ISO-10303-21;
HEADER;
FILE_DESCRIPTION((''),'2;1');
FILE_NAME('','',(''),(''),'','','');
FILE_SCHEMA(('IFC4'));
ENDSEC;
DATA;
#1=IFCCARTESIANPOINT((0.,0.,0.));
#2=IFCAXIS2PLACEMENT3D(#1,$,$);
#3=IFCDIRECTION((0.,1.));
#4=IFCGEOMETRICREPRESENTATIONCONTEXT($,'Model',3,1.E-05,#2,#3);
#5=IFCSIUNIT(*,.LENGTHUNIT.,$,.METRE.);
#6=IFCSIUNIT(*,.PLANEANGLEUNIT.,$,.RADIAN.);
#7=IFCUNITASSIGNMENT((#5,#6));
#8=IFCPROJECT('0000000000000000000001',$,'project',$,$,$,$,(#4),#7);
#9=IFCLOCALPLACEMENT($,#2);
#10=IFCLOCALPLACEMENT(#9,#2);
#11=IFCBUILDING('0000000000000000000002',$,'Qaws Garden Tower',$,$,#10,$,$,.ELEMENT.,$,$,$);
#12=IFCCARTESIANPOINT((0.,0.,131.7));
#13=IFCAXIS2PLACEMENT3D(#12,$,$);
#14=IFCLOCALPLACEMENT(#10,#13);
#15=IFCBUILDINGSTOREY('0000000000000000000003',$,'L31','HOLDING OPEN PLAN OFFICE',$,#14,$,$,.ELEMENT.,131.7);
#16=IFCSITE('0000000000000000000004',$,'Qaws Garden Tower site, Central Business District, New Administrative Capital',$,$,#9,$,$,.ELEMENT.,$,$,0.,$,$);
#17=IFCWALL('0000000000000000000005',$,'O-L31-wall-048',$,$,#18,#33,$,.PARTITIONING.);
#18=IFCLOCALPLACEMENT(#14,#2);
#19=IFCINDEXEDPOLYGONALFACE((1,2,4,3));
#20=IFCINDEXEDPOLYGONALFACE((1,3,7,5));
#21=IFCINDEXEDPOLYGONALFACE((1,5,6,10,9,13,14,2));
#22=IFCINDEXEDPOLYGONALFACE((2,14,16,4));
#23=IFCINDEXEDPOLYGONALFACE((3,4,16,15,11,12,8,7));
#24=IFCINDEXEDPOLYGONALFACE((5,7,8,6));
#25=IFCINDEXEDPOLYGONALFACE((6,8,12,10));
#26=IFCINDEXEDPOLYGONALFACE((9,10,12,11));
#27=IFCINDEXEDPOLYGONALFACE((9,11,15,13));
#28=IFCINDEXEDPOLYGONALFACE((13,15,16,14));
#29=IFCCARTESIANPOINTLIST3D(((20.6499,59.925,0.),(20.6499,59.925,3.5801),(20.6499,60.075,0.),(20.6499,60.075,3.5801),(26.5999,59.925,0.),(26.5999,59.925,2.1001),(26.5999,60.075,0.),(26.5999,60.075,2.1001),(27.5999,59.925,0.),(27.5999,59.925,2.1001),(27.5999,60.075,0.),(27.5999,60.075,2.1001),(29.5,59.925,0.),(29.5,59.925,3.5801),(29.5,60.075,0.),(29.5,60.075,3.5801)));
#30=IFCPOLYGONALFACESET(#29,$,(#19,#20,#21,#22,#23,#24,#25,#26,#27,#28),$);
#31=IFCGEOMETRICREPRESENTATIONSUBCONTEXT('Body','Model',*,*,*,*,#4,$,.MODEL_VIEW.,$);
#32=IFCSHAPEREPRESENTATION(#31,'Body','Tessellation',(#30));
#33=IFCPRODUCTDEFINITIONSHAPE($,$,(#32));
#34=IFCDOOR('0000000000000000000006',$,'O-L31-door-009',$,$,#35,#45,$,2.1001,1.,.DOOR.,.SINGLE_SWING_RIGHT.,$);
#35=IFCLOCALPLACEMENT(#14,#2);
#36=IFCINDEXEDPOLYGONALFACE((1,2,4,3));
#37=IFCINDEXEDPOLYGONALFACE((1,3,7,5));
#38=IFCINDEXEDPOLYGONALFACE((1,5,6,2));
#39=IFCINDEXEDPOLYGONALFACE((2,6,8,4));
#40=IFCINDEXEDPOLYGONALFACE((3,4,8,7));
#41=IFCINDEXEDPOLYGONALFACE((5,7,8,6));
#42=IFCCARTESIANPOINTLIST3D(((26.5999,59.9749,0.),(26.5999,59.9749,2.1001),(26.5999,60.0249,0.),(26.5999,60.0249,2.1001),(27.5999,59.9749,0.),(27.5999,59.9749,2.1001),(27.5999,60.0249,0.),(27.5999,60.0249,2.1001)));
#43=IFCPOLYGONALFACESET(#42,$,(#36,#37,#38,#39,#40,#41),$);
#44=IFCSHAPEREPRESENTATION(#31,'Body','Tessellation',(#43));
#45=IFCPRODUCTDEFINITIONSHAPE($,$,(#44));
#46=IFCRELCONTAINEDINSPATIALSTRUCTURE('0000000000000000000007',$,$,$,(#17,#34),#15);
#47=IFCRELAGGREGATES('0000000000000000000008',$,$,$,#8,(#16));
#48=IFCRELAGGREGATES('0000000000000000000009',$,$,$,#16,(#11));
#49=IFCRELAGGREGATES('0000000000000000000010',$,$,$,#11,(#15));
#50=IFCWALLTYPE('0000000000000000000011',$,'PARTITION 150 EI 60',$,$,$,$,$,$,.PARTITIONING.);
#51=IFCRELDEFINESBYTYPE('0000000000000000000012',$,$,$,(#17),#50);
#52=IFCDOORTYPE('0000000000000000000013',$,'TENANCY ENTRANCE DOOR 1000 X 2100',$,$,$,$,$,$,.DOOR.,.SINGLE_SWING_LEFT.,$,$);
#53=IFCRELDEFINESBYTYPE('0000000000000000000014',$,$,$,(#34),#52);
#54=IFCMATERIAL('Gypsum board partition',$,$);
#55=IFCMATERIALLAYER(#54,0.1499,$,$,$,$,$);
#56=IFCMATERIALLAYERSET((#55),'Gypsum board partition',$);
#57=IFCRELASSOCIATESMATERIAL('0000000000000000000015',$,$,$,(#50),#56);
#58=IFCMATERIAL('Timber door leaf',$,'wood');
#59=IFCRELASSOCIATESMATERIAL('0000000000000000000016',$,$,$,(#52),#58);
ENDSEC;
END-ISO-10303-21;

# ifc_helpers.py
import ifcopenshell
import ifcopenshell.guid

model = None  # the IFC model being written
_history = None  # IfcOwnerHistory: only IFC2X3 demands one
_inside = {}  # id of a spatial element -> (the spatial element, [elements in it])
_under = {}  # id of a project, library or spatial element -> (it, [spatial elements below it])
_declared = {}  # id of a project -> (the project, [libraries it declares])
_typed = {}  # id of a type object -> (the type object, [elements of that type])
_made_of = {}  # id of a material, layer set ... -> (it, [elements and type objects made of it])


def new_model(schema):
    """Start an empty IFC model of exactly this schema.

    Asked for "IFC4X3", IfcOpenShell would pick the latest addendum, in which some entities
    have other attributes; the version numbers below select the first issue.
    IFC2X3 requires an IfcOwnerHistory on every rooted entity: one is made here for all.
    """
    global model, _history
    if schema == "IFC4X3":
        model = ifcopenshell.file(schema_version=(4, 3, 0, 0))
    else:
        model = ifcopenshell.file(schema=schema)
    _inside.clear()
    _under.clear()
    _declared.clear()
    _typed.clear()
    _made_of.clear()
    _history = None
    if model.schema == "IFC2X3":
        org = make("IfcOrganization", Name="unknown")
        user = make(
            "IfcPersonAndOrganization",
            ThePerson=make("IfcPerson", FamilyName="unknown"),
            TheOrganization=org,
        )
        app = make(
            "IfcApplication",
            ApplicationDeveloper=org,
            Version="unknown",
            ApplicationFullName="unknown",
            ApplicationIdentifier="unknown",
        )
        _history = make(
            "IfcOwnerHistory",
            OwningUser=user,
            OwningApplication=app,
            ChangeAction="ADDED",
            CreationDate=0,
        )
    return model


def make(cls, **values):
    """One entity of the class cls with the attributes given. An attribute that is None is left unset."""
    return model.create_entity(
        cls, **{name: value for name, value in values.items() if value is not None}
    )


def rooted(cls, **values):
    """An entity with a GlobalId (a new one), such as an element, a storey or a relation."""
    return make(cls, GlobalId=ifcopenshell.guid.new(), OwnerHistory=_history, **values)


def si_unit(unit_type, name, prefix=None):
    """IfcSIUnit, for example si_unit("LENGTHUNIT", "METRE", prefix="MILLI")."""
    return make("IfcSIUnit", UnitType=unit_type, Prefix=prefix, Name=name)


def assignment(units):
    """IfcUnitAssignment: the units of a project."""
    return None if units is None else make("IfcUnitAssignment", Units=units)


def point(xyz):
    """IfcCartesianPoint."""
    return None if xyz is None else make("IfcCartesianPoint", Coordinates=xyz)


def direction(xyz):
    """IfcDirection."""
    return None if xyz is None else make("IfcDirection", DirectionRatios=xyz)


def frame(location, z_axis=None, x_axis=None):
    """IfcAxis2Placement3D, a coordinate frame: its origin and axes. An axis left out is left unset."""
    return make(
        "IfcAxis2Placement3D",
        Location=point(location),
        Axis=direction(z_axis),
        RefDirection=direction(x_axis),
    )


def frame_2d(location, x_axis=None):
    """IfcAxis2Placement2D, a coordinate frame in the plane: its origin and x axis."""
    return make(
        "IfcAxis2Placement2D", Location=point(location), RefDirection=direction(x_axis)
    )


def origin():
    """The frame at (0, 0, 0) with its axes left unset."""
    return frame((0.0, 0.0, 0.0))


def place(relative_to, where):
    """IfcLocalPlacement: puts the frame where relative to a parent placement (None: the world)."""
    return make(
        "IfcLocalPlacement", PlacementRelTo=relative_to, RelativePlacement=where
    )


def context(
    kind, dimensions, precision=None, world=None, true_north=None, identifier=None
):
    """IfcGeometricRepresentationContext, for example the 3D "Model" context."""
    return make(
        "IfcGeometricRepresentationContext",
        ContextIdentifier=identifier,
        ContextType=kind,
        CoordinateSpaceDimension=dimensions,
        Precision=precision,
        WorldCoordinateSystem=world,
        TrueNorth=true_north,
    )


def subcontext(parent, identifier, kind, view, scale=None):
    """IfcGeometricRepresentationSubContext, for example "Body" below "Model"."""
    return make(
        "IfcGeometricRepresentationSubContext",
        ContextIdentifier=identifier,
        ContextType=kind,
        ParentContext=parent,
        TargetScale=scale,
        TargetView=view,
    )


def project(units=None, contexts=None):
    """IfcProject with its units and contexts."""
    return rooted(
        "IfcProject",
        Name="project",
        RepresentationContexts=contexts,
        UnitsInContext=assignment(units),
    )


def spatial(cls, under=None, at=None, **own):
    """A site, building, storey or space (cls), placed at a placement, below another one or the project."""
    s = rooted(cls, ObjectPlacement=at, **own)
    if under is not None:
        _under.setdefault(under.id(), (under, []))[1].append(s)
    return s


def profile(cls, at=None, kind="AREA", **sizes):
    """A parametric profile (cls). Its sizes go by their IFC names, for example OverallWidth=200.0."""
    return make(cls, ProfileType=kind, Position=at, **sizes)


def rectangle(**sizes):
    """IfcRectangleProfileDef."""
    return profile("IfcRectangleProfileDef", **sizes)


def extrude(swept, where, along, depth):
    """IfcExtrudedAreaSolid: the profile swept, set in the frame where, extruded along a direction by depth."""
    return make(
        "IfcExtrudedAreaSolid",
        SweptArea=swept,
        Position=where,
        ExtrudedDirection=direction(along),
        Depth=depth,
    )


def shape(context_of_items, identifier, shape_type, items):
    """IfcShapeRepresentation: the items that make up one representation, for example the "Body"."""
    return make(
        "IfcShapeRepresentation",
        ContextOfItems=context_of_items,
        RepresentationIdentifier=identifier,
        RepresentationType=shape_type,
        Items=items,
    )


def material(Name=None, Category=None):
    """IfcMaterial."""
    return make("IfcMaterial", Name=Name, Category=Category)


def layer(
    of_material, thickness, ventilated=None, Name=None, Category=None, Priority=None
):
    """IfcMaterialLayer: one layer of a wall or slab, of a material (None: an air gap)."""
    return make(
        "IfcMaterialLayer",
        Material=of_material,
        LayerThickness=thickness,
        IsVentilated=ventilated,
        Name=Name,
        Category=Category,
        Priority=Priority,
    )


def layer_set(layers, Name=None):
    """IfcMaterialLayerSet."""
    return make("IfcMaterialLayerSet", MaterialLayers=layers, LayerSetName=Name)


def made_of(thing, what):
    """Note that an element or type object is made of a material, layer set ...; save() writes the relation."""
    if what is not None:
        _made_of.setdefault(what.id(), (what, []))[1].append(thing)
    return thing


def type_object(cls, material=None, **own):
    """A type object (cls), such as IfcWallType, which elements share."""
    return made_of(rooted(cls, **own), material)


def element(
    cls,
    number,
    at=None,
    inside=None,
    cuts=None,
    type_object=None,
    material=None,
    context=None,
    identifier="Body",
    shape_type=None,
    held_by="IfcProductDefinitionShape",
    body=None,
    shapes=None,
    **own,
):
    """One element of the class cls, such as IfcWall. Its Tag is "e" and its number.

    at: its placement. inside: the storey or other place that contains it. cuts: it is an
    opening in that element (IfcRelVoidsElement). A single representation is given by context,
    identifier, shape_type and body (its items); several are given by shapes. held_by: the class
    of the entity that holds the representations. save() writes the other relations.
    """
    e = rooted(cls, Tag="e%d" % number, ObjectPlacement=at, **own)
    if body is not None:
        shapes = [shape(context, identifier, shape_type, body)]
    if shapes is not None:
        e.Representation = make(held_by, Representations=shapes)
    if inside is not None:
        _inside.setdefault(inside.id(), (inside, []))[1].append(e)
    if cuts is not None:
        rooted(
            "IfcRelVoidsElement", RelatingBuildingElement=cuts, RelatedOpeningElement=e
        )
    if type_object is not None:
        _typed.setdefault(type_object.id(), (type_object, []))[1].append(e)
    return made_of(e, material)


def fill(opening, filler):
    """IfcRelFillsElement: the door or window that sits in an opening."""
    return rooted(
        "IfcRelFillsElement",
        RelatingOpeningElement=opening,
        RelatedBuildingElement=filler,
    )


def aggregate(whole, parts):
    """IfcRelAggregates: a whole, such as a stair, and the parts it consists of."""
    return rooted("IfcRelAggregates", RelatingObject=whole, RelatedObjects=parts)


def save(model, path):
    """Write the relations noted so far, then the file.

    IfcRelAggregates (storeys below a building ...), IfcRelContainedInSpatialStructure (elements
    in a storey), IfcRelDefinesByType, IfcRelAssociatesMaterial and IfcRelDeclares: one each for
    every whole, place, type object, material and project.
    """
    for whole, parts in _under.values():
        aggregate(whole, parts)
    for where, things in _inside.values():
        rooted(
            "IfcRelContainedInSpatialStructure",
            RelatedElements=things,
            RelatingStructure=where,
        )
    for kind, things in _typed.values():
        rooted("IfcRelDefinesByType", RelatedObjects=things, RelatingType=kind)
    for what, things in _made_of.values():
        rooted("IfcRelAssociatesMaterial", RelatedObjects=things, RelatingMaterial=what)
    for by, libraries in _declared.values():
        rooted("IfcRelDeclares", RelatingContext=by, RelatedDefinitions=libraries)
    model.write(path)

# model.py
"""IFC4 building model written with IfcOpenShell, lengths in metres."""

from ifc_helpers import new_model, si_unit, direction, frame, frame_2d, origin, place, context, subcontext, project, spatial, rectangle, extrude, material, layer, layer_set, type_object, element, fill, save


model = new_model("IFC4")

# Units and contexts
model_context = context("Model", 3, precision=1e-05, world=origin(), true_north=direction((0.0, 1.0)))
body_context = subcontext(model_context, "Body", "Model", "MODEL_VIEW")
ifc_project = project(units=[si_unit("LENGTHUNIT", "METRE"), si_unit("PLANEANGLEUNIT", "RADIAN")], contexts=[model_context])

# Site, building, storey
site_placement = place(None, origin())
site = spatial("IfcSite", under=ifc_project, at=site_placement, Name="Qaws Garden Tower site, Central Business District, New Administrative Capital", CompositionType="ELEMENT", RefElevation=0.0)
building_placement = place(site_placement, origin())
building = spatial("IfcBuilding", under=site, at=building_placement, Name="Qaws Garden Tower", CompositionType="ELEMENT")
storey_placement = place(building_placement, frame((0.0, 0.0, 131.7)))
storey = spatial("IfcBuildingStorey", under=building, at=storey_placement, Name="L31", Description="HOLDING OPEN PLAN OFFICE", CompositionType="ELEMENT", Elevation=131.7)

# Shared definitions
ifc_material_1 = material(Name="Gypsum board partition")
ifc_layer_1 = layer(ifc_material_1, 0.1499)
ifc_layer_set_1 = layer_set([ifc_layer_1], Name="Gypsum board partition")
wall_type_1 = type_object("IfcWallType", Name="PARTITION 150 EI 60", PredefinedType="PARTITIONING", material=ifc_layer_set_1)

# Wall, opening, door
wall_1_placement = place(storey_placement, frame((20.6499, 60.0, 0.0), z_axis=(0.0, 0.0, 1.0), x_axis=(1.0, 0.0, 0.0)))
wall_1 = element("IfcWall", 1, at=wall_1_placement, inside=storey, type_object=wall_type_1, Name="O-L31-wall-048", PredefinedType="PARTITIONING", context=body_context, shape_type="SweptSolid", body=[
    extrude(rectangle(XDim=8.8501, YDim=0.1499, at=frame_2d((4.425, 0.0))), origin(), (0.0, 0.0, 1.0), 3.5801),
])
opening_1_placement = place(wall_1_placement, frame((5.95, 0.0, 0.0)))
opening_1 = element("IfcOpeningElement", 2, at=opening_1_placement, cuts=wall_1, PredefinedType="OPENING", context=body_context, shape_type="SweptSolid", body=[
    extrude(rectangle(XDim=1.0, YDim=2.1001, at=frame_2d((0.5, 1.05))), frame((0.0, 0.085, 0.0), z_axis=(0.0, -1.0, 0.0), x_axis=(1.0, 0.0, 0.0)), (0.0, 0.0, 1.0), 0.1699),
])
ifc_material_2 = material(Name="Timber door leaf", Category="wood")
door_type_1 = type_object("IfcDoorType", Name="TENANCY ENTRANCE DOOR 1000 X 2100", OperationType="SINGLE_SWING_LEFT", PredefinedType="DOOR", material=ifc_material_2)
door_1_placement = place(opening_1_placement, origin())
door_1 = element("IfcDoor", 3, at=door_1_placement, inside=storey, type_object=door_type_1, Name="O-L31-door-009", OperationType="SINGLE_SWING_RIGHT", OverallHeight=2.1001, OverallWidth=1.0, PredefinedType="DOOR", context=body_context, shape_type="SweptSolid", body=[
    extrude(rectangle(XDim=1.0, YDim=2.1001, at=frame_2d((0.5, 1.05))), frame((0.0, 0.0249, 0.0), z_axis=(0.0, -1.0, 0.0), x_axis=(1.0, 0.0, 0.0)), (0.0, 0.0, 1.0), 0.05),
])
fill(opening_1, door_1)

save(model, "model.ifc")
